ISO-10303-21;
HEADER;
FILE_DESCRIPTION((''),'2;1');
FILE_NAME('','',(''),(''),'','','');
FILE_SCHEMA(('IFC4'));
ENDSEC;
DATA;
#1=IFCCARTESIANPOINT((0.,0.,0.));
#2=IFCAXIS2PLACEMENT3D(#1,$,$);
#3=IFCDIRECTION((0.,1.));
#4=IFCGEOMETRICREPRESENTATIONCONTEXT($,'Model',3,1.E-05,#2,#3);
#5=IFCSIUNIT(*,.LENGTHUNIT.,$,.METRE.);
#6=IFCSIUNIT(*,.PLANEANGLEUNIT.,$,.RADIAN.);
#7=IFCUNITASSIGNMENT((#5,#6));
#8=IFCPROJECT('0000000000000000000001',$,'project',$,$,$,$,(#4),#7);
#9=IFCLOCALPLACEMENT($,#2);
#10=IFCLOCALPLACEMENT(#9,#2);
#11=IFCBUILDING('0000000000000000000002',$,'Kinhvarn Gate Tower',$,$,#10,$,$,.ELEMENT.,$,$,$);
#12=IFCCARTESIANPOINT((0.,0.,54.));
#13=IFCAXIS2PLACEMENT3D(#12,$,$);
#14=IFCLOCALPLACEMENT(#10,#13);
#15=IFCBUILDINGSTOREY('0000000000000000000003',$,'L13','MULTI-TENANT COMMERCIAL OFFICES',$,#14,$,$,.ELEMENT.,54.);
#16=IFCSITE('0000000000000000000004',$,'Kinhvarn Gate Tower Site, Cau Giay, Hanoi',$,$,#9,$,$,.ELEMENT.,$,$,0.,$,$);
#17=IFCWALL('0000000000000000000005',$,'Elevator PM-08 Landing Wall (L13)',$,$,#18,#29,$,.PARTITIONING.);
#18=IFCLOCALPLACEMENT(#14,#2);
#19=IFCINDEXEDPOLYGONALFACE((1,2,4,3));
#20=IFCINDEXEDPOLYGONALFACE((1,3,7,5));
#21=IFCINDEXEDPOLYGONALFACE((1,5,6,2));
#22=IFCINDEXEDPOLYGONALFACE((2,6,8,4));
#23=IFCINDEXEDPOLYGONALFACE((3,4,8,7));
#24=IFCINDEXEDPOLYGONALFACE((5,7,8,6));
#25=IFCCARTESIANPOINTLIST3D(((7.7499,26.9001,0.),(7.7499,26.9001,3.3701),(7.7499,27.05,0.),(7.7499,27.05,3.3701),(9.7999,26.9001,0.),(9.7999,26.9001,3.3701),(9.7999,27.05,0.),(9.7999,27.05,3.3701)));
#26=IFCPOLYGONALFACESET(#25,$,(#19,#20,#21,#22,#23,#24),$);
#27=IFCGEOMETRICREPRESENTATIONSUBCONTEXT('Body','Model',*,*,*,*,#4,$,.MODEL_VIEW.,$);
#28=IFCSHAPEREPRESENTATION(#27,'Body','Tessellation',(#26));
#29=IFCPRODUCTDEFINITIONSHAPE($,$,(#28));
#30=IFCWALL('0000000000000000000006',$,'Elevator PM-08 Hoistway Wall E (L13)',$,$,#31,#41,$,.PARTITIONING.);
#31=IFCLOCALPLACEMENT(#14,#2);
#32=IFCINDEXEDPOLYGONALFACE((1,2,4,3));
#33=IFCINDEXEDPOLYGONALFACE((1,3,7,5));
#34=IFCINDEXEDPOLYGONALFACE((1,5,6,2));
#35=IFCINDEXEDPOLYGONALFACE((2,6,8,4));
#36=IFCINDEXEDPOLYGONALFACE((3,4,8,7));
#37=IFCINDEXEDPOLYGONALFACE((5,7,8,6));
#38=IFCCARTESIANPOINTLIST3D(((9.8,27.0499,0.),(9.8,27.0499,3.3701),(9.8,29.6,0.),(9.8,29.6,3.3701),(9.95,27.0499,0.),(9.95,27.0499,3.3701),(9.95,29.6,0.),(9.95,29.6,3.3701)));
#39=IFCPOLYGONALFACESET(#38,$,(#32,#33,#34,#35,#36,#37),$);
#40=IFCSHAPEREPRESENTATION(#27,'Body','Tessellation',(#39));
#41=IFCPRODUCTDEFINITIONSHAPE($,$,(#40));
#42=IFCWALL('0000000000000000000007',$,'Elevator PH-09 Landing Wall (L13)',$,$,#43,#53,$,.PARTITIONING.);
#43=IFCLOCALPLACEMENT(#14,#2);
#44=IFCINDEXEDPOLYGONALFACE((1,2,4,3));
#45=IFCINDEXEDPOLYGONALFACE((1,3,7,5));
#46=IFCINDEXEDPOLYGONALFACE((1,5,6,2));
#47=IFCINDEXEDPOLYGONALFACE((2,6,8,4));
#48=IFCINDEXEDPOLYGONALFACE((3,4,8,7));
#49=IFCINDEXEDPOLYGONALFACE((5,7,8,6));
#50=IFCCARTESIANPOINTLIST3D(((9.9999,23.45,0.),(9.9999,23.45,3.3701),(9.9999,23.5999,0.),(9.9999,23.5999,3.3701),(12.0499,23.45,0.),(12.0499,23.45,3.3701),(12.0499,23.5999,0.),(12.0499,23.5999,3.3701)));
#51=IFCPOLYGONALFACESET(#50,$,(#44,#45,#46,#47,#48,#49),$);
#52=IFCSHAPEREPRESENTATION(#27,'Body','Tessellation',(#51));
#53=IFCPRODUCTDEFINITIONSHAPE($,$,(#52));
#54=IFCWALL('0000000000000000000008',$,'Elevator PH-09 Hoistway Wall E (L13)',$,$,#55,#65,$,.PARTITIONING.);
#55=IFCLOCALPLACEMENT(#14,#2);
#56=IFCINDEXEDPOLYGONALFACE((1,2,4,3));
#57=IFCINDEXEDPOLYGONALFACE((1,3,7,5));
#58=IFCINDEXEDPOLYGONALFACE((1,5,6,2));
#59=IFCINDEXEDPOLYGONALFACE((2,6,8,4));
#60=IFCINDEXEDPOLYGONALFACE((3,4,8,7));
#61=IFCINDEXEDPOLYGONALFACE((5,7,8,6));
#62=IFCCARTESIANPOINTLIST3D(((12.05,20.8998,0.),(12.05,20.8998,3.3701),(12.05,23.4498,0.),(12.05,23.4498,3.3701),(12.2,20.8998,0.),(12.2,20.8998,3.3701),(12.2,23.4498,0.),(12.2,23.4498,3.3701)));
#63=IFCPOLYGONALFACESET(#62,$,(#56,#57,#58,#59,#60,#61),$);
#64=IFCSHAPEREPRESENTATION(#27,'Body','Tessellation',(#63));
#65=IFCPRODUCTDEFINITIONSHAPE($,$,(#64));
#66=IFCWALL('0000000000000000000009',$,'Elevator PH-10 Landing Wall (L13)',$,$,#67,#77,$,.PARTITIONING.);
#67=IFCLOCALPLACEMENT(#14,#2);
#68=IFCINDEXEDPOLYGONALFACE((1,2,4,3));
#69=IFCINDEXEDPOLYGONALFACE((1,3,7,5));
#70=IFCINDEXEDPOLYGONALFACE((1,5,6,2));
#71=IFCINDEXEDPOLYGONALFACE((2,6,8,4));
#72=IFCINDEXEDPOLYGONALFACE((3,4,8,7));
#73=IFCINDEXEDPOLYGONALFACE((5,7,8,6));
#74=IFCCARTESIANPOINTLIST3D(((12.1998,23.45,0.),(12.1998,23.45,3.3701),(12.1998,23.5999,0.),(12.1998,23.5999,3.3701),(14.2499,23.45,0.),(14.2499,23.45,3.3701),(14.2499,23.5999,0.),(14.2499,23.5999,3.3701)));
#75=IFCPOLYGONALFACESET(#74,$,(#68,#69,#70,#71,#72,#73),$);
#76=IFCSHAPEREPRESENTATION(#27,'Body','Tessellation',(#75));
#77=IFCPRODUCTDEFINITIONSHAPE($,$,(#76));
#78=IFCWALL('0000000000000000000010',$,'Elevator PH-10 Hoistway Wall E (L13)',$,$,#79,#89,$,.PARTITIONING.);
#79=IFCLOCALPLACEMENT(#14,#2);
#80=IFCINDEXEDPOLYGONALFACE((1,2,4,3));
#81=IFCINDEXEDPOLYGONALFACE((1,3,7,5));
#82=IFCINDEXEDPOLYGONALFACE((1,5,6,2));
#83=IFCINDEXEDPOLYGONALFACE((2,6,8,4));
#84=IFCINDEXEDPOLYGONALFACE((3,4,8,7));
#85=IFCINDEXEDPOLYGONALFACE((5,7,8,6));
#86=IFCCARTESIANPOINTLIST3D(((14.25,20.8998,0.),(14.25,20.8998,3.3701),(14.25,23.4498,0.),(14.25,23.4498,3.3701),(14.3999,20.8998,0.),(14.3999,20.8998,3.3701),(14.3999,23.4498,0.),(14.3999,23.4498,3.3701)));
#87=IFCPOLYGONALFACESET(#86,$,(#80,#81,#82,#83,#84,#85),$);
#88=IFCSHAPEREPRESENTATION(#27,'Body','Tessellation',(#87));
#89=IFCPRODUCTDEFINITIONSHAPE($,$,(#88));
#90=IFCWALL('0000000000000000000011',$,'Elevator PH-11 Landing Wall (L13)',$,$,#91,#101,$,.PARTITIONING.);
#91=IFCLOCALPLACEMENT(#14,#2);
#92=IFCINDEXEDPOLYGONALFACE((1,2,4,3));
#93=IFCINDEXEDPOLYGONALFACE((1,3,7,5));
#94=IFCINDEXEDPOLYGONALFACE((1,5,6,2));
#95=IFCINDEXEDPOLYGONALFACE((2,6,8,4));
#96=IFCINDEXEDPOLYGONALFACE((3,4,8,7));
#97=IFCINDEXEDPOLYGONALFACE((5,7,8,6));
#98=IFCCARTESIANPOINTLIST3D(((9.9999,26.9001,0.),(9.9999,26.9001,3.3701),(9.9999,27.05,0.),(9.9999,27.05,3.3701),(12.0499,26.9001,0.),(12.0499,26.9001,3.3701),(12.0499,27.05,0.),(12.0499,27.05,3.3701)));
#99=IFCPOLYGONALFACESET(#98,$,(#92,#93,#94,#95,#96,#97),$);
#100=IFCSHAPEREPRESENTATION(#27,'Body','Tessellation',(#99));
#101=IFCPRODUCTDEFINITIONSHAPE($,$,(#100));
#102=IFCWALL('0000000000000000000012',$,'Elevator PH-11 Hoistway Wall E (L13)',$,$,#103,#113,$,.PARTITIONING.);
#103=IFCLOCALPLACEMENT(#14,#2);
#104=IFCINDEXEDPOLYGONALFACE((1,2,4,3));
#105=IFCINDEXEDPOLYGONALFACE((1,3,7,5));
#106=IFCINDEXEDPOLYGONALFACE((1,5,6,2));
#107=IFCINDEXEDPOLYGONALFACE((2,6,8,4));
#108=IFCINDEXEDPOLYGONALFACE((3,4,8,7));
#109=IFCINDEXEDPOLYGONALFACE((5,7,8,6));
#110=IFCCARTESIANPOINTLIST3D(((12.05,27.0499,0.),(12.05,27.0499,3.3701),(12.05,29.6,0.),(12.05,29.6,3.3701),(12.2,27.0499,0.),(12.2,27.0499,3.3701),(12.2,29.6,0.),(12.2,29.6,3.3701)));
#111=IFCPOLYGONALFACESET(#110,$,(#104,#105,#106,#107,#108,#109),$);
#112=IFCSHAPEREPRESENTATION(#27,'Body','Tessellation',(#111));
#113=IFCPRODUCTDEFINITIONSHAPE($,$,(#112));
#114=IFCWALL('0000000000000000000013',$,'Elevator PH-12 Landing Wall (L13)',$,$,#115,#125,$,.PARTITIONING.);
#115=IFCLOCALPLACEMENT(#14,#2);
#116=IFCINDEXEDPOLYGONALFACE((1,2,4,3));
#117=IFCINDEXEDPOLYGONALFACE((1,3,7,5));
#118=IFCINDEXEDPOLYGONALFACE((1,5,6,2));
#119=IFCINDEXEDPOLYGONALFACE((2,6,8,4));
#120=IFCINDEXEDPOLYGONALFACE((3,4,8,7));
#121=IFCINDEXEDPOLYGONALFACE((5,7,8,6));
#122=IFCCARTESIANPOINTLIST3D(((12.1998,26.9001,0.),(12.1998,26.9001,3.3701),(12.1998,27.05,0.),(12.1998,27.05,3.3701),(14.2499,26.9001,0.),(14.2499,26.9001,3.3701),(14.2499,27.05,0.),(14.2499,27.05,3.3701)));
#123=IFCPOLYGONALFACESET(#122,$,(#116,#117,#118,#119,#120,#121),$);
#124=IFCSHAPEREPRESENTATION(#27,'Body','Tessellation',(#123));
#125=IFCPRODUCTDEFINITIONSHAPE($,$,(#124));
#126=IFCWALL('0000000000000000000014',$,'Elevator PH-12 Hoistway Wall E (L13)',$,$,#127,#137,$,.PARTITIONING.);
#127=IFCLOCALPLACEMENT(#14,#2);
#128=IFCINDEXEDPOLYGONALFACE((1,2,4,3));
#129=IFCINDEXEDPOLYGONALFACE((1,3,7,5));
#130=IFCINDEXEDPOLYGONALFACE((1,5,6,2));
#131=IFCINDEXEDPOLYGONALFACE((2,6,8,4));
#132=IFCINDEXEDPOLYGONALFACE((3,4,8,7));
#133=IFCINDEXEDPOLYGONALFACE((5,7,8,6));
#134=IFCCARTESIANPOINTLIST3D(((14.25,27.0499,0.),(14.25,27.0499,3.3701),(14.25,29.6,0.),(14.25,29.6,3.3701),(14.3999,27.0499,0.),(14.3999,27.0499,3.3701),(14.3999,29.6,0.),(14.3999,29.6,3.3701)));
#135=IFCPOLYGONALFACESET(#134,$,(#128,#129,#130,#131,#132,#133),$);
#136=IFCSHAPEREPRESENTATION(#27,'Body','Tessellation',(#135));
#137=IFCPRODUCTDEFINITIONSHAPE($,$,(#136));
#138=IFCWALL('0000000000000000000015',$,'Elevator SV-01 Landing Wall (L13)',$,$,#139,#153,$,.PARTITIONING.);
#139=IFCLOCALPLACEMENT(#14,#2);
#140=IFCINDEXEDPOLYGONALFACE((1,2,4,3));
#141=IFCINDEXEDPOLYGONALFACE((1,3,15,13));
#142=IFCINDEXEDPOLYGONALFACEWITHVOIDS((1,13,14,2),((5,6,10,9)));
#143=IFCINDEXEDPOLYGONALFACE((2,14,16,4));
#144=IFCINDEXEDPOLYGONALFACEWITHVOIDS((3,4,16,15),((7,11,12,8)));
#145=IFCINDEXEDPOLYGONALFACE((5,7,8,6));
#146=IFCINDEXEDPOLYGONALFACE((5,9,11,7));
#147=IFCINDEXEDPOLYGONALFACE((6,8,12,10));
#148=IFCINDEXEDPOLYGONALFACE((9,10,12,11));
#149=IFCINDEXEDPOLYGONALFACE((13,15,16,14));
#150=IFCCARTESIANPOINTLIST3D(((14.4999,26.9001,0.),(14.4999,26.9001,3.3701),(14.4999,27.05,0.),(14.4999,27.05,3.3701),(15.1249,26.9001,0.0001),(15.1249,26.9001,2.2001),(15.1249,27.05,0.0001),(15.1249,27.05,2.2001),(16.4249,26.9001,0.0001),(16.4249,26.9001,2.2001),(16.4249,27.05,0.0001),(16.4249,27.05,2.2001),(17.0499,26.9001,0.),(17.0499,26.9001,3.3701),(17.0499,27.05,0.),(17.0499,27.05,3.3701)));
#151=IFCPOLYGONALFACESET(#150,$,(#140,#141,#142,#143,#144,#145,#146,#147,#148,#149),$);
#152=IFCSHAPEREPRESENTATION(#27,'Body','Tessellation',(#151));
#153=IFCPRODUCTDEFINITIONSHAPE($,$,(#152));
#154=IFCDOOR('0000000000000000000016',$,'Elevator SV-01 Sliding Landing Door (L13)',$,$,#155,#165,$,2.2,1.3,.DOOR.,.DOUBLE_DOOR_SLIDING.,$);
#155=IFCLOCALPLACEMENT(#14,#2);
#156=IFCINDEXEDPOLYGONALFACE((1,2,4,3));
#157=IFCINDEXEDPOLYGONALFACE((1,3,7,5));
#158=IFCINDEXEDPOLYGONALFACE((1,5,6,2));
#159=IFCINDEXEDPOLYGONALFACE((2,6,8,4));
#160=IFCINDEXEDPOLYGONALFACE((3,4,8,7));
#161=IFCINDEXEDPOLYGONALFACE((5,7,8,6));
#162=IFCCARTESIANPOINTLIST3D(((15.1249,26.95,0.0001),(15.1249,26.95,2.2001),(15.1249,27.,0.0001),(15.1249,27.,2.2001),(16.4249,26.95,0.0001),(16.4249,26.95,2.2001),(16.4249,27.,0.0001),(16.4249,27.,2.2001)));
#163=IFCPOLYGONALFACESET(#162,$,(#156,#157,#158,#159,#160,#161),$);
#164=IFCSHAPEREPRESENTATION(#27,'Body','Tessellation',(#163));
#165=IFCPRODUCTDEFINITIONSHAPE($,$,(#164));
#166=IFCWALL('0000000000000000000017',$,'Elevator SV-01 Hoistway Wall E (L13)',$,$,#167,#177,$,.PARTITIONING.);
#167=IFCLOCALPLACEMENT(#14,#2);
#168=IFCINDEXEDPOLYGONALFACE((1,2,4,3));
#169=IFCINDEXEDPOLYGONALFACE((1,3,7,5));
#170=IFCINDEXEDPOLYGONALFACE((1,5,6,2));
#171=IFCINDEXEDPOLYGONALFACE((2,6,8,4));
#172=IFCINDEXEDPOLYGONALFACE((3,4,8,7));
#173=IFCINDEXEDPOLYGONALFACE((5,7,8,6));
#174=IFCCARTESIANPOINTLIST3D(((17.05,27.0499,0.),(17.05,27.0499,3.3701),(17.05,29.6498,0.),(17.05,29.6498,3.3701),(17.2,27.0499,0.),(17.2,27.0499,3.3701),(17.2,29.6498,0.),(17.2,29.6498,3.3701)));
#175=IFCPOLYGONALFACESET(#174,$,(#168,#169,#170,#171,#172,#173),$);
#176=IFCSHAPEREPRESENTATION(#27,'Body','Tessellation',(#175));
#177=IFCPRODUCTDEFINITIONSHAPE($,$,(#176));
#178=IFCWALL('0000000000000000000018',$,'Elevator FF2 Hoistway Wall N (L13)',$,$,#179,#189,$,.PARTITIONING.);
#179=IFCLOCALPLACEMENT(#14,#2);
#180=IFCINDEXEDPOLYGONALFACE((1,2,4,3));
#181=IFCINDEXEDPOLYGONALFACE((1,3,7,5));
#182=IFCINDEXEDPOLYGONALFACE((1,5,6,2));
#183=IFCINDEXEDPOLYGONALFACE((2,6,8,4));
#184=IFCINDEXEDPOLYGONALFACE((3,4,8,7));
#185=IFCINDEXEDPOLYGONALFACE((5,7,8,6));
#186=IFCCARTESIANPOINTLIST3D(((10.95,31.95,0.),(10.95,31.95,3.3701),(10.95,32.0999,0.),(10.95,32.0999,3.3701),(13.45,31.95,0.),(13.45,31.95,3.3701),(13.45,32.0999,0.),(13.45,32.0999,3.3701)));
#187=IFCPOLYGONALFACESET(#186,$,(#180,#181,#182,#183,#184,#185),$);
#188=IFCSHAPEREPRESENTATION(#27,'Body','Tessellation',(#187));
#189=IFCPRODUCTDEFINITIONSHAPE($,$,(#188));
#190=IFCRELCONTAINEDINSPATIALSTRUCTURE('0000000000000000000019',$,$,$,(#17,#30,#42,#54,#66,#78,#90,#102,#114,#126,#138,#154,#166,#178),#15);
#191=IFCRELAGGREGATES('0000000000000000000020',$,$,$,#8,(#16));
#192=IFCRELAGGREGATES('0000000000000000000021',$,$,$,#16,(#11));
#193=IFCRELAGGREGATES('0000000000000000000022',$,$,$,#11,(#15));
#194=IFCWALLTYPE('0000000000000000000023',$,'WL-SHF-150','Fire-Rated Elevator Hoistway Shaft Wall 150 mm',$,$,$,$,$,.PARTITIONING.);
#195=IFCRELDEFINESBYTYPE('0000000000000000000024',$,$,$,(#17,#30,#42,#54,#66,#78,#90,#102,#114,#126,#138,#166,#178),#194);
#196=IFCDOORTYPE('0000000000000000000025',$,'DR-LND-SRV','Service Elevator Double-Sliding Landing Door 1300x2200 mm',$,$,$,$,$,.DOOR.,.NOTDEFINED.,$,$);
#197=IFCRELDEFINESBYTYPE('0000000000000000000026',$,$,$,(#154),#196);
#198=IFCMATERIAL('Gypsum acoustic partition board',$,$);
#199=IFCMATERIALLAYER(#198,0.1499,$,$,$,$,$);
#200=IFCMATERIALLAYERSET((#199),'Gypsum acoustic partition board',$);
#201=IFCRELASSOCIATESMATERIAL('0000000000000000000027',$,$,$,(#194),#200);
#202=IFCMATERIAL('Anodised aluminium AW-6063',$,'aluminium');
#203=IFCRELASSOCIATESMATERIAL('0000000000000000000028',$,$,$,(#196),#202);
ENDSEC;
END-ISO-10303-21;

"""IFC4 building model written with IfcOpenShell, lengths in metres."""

from ifc_helpers import new_model, si_unit, direction, frame, frame_2d, origin, place, context, subcontext, project, spatial, rectangle, extrude, material, layer, layer_set, type_object, element, fill, save


model = new_model("IFC4")

# Units and contexts
model_context = context("Model", 3, precision=1e-05, world=origin(), true_north=direction((0.0, 1.0)))
body_context = subcontext(model_context, "Body", "Model", "MODEL_VIEW")
ifc_project = project(units=[si_unit("LENGTHUNIT", "METRE"), si_unit("PLANEANGLEUNIT", "RADIAN")], contexts=[model_context])

# Site, building, storey
site_placement = place(None, origin())
site = spatial("IfcSite", under=ifc_project, at=site_placement, Name="Kinhvarn Gate Tower Site, Cau Giay, Hanoi", CompositionType="ELEMENT", RefElevation=0.0)
building_placement = place(site_placement, origin())
building = spatial("IfcBuilding", under=site, at=building_placement, Name="Kinhvarn Gate Tower", CompositionType="ELEMENT")
storey_placement = place(building_placement, frame((0.0, 0.0, 54.0)))
storey = spatial("IfcBuildingStorey", under=building, at=storey_placement, Name="L13", Description="MULTI-TENANT COMMERCIAL OFFICES", CompositionType="ELEMENT", Elevation=54.0)

# Shared definitions
ifc_material_1 = material(Name="Anodised aluminium AW-6063", Category="aluminium")
ifc_material_2 = material(Name="Gypsum acoustic partition board")

# Walls
ifc_layer_1 = layer(ifc_material_2, 0.1499)
ifc_layer_set_1 = layer_set([ifc_layer_1], Name="Gypsum acoustic partition board")
wall_type_1 = type_object("IfcWallType", Name="WL-SHF-150", Description="Fire-Rated Elevator Hoistway Shaft Wall 150 mm", PredefinedType="PARTITIONING", material=ifc_layer_set_1)
wall_1_placement = place(storey_placement, frame((7.75, 26.9751, 0.0), z_axis=(0.0, 0.0, 1.0), x_axis=(1.0, 0.0, 0.0)))
element("IfcWall", 1, at=wall_1_placement, inside=storey, type_object=wall_type_1, Name="Elevator PM-08 Landing Wall (L13)", PredefinedType="PARTITIONING", context=body_context, shape_type="SweptSolid", body=[
    extrude(rectangle(XDim=2.05, YDim=0.1499, at=frame_2d((1.0249, 0.0))), origin(), (0.0, 0.0, 1.0), 3.3701),
])
wall_2_placement = place(storey_placement, frame((9.875, 27.05, 0.0), z_axis=(0.0, 0.0, 1.0), x_axis=(0.0, 1.0, 0.0)))
element("IfcWall", 2, at=wall_2_placement, inside=storey, type_object=wall_type_1, Name="Elevator PM-08 Hoistway Wall E (L13)", PredefinedType="PARTITIONING", context=body_context, shape_type="SweptSolid", body=[
    extrude(rectangle(XDim=2.55, YDim=0.1499, at=frame_2d((1.2749, 0.0))), origin(), (0.0, 0.0, 1.0), 3.3701),
])
wall_3_placement = place(storey_placement, frame((10.0, 23.5249, 0.0), z_axis=(0.0, 0.0, 1.0), x_axis=(1.0, 0.0, 0.0)))
element("IfcWall", 3, at=wall_3_placement, inside=storey, type_object=wall_type_1, Name="Elevator PH-09 Landing Wall (L13)", PredefinedType="PARTITIONING", context=body_context, shape_type="SweptSolid", body=[
    extrude(rectangle(XDim=2.05, YDim=0.1499, at=frame_2d((1.0249, 0.0))), origin(), (0.0, 0.0, 1.0), 3.3701),
])
wall_4_placement = place(storey_placement, frame((12.125, 20.8999, 0.0), z_axis=(0.0, 0.0, 1.0), x_axis=(0.0, 1.0, 0.0)))
element("IfcWall", 4, at=wall_4_placement, inside=storey, type_object=wall_type_1, Name="Elevator PH-09 Hoistway Wall E (L13)", PredefinedType="PARTITIONING", context=body_context, shape_type="SweptSolid", body=[
    extrude(rectangle(XDim=2.55, YDim=0.1499, at=frame_2d((1.2749, 0.0))), origin(), (0.0, 0.0, 1.0), 3.3701),
])
wall_5_placement = place(storey_placement, frame((12.2, 23.5249, 0.0), z_axis=(0.0, 0.0, 1.0), x_axis=(1.0, 0.0, 0.0)))
element("IfcWall", 5, at=wall_5_placement, inside=storey, type_object=wall_type_1, Name="Elevator PH-10 Landing Wall (L13)", PredefinedType="PARTITIONING", context=body_context, shape_type="SweptSolid", body=[
    extrude(rectangle(XDim=2.05, YDim=0.1499, at=frame_2d((1.0249, 0.0))), origin(), (0.0, 0.0, 1.0), 3.3701),
])
wall_6_placement = place(storey_placement, frame((14.325, 20.8999, 0.0), z_axis=(0.0, 0.0, 1.0), x_axis=(0.0, 1.0, 0.0)))
element("IfcWall", 6, at=wall_6_placement, inside=storey, type_object=wall_type_1, Name="Elevator PH-10 Hoistway Wall E (L13)", PredefinedType="PARTITIONING", context=body_context, shape_type="SweptSolid", body=[
    extrude(rectangle(XDim=2.55, YDim=0.1499, at=frame_2d((1.2749, 0.0))), origin(), (0.0, 0.0, 1.0), 3.3701),
])
wall_7_placement = place(storey_placement, frame((10.0, 26.9751, 0.0), z_axis=(0.0, 0.0, 1.0), x_axis=(1.0, 0.0, 0.0)))
element("IfcWall", 7, at=wall_7_placement, inside=storey, type_object=wall_type_1, Name="Elevator PH-11 Landing Wall (L13)", PredefinedType="PARTITIONING", context=body_context, shape_type="SweptSolid", body=[
    extrude(rectangle(XDim=2.05, YDim=0.1499, at=frame_2d((1.0249, 0.0))), origin(), (0.0, 0.0, 1.0), 3.3701),
])
wall_8_placement = place(storey_placement, frame((12.125, 27.05, 0.0), z_axis=(0.0, 0.0, 1.0), x_axis=(0.0, 1.0, 0.0)))
element("IfcWall", 8, at=wall_8_placement, inside=storey, type_object=wall_type_1, Name="Elevator PH-11 Hoistway Wall E (L13)", PredefinedType="PARTITIONING", context=body_context, shape_type="SweptSolid", body=[
    extrude(rectangle(XDim=2.55, YDim=0.1499, at=frame_2d((1.2749, 0.0))), origin(), (0.0, 0.0, 1.0), 3.3701),
])
wall_9_placement = place(storey_placement, frame((12.2, 26.9751, 0.0), z_axis=(0.0, 0.0, 1.0), x_axis=(1.0, 0.0, 0.0)))
element("IfcWall", 9, at=wall_9_placement, inside=storey, type_object=wall_type_1, Name="Elevator PH-12 Landing Wall (L13)", PredefinedType="PARTITIONING", context=body_context, shape_type="SweptSolid", body=[
    extrude(rectangle(XDim=2.05, YDim=0.1499, at=frame_2d((1.0249, 0.0))), origin(), (0.0, 0.0, 1.0), 3.3701),
])
wall_10_placement = place(storey_placement, frame((14.325, 27.05, 0.0), z_axis=(0.0, 0.0, 1.0), x_axis=(0.0, 1.0, 0.0)))
element("IfcWall", 10, at=wall_10_placement, inside=storey, type_object=wall_type_1, Name="Elevator PH-12 Hoistway Wall E (L13)", PredefinedType="PARTITIONING", context=body_context, shape_type="SweptSolid", body=[
    extrude(rectangle(XDim=2.55, YDim=0.1499, at=frame_2d((1.2749, 0.0))), origin(), (0.0, 0.0, 1.0), 3.3701),
])

# Wall, opening, door
wall_11_placement = place(storey_placement, frame((14.5, 26.9751, 0.0), z_axis=(0.0, 0.0, 1.0), x_axis=(1.0, 0.0, 0.0)))
wall_11 = element("IfcWall", 11, at=wall_11_placement, inside=storey, type_object=wall_type_1, Name="Elevator SV-01 Landing Wall (L13)", PredefinedType="PARTITIONING", context=body_context, shape_type="SweptSolid", body=[
    extrude(rectangle(XDim=2.55, YDim=0.1499, at=frame_2d((1.2749, 0.0))), origin(), (0.0, 0.0, 1.0), 3.3701),
])
opening_1_placement = place(wall_11_placement, frame((0.625, 0.0, 0.0)))
opening_1 = element("IfcOpeningElement", 12, at=opening_1_placement, cuts=wall_11, PredefinedType="OPENING", context=body_context, shape_type="SweptSolid", body=[
    extrude(rectangle(XDim=1.3, YDim=2.2, at=frame_2d((0.6499, 1.1001))), frame((0.0, 0.085, 0.0), z_axis=(0.0, -1.0, 0.0), x_axis=(1.0, 0.0, 0.0)), (0.0, 0.0, 1.0), 0.1699),
])
door_type_1 = type_object("IfcDoorType", Name="DR-LND-SRV", Description="Service Elevator Double-Sliding Landing Door 1300x2200 mm", OperationType="NOTDEFINED", PredefinedType="DOOR", material=ifc_material_1)
door_1_placement = place(opening_1_placement, origin())
door_1 = element("IfcDoor", 13, at=door_1_placement, inside=storey, type_object=door_type_1, Name="Elevator SV-01 Sliding Landing Door (L13)", OperationType="DOUBLE_DOOR_SLIDING", OverallHeight=2.2, OverallWidth=1.3, PredefinedType="DOOR", context=body_context, shape_type="SweptSolid", body=[
    extrude(rectangle(XDim=1.3, YDim=2.2, at=frame_2d((0.6499, 1.1001))), frame((0.0, 0.0249, 0.0), z_axis=(0.0, -1.0, 0.0), x_axis=(1.0, 0.0, 0.0)), (0.0, 0.0, 1.0), 0.05),
])
fill(opening_1, door_1)

# Walls
wall_12_placement = place(storey_placement, frame((17.125, 27.05, 0.0), z_axis=(0.0, 0.0, 1.0), x_axis=(0.0, 1.0, 0.0)))
element("IfcWall", 14, at=wall_12_placement, inside=storey, type_object=wall_type_1, Name="Elevator SV-01 Hoistway Wall E (L13)", PredefinedType="PARTITIONING", context=body_context, shape_type="SweptSolid", body=[
    extrude(rectangle(XDim=2.5999, YDim=0.1499, at=frame_2d((1.2998, 0.0))), origin(), (0.0, 0.0, 1.0), 3.3701),
])
wall_13_placement = place(storey_placement, frame((10.95, 32.0249, 0.0), z_axis=(0.0, 0.0, 1.0), x_axis=(1.0, 0.0, 0.0)))
element("IfcWall", 15, at=wall_13_placement, inside=storey, type_object=wall_type_1, Name="Elevator FF2 Hoistway Wall N (L13)", PredefinedType="PARTITIONING", context=body_context, shape_type="SweptSolid", body=[
    extrude(rectangle(XDim=2.5, YDim=0.1499, at=frame_2d((1.25, 0.0))), origin(), (0.0, 0.0, 1.0), 3.3701),
])

save(model, "model.ifc")
